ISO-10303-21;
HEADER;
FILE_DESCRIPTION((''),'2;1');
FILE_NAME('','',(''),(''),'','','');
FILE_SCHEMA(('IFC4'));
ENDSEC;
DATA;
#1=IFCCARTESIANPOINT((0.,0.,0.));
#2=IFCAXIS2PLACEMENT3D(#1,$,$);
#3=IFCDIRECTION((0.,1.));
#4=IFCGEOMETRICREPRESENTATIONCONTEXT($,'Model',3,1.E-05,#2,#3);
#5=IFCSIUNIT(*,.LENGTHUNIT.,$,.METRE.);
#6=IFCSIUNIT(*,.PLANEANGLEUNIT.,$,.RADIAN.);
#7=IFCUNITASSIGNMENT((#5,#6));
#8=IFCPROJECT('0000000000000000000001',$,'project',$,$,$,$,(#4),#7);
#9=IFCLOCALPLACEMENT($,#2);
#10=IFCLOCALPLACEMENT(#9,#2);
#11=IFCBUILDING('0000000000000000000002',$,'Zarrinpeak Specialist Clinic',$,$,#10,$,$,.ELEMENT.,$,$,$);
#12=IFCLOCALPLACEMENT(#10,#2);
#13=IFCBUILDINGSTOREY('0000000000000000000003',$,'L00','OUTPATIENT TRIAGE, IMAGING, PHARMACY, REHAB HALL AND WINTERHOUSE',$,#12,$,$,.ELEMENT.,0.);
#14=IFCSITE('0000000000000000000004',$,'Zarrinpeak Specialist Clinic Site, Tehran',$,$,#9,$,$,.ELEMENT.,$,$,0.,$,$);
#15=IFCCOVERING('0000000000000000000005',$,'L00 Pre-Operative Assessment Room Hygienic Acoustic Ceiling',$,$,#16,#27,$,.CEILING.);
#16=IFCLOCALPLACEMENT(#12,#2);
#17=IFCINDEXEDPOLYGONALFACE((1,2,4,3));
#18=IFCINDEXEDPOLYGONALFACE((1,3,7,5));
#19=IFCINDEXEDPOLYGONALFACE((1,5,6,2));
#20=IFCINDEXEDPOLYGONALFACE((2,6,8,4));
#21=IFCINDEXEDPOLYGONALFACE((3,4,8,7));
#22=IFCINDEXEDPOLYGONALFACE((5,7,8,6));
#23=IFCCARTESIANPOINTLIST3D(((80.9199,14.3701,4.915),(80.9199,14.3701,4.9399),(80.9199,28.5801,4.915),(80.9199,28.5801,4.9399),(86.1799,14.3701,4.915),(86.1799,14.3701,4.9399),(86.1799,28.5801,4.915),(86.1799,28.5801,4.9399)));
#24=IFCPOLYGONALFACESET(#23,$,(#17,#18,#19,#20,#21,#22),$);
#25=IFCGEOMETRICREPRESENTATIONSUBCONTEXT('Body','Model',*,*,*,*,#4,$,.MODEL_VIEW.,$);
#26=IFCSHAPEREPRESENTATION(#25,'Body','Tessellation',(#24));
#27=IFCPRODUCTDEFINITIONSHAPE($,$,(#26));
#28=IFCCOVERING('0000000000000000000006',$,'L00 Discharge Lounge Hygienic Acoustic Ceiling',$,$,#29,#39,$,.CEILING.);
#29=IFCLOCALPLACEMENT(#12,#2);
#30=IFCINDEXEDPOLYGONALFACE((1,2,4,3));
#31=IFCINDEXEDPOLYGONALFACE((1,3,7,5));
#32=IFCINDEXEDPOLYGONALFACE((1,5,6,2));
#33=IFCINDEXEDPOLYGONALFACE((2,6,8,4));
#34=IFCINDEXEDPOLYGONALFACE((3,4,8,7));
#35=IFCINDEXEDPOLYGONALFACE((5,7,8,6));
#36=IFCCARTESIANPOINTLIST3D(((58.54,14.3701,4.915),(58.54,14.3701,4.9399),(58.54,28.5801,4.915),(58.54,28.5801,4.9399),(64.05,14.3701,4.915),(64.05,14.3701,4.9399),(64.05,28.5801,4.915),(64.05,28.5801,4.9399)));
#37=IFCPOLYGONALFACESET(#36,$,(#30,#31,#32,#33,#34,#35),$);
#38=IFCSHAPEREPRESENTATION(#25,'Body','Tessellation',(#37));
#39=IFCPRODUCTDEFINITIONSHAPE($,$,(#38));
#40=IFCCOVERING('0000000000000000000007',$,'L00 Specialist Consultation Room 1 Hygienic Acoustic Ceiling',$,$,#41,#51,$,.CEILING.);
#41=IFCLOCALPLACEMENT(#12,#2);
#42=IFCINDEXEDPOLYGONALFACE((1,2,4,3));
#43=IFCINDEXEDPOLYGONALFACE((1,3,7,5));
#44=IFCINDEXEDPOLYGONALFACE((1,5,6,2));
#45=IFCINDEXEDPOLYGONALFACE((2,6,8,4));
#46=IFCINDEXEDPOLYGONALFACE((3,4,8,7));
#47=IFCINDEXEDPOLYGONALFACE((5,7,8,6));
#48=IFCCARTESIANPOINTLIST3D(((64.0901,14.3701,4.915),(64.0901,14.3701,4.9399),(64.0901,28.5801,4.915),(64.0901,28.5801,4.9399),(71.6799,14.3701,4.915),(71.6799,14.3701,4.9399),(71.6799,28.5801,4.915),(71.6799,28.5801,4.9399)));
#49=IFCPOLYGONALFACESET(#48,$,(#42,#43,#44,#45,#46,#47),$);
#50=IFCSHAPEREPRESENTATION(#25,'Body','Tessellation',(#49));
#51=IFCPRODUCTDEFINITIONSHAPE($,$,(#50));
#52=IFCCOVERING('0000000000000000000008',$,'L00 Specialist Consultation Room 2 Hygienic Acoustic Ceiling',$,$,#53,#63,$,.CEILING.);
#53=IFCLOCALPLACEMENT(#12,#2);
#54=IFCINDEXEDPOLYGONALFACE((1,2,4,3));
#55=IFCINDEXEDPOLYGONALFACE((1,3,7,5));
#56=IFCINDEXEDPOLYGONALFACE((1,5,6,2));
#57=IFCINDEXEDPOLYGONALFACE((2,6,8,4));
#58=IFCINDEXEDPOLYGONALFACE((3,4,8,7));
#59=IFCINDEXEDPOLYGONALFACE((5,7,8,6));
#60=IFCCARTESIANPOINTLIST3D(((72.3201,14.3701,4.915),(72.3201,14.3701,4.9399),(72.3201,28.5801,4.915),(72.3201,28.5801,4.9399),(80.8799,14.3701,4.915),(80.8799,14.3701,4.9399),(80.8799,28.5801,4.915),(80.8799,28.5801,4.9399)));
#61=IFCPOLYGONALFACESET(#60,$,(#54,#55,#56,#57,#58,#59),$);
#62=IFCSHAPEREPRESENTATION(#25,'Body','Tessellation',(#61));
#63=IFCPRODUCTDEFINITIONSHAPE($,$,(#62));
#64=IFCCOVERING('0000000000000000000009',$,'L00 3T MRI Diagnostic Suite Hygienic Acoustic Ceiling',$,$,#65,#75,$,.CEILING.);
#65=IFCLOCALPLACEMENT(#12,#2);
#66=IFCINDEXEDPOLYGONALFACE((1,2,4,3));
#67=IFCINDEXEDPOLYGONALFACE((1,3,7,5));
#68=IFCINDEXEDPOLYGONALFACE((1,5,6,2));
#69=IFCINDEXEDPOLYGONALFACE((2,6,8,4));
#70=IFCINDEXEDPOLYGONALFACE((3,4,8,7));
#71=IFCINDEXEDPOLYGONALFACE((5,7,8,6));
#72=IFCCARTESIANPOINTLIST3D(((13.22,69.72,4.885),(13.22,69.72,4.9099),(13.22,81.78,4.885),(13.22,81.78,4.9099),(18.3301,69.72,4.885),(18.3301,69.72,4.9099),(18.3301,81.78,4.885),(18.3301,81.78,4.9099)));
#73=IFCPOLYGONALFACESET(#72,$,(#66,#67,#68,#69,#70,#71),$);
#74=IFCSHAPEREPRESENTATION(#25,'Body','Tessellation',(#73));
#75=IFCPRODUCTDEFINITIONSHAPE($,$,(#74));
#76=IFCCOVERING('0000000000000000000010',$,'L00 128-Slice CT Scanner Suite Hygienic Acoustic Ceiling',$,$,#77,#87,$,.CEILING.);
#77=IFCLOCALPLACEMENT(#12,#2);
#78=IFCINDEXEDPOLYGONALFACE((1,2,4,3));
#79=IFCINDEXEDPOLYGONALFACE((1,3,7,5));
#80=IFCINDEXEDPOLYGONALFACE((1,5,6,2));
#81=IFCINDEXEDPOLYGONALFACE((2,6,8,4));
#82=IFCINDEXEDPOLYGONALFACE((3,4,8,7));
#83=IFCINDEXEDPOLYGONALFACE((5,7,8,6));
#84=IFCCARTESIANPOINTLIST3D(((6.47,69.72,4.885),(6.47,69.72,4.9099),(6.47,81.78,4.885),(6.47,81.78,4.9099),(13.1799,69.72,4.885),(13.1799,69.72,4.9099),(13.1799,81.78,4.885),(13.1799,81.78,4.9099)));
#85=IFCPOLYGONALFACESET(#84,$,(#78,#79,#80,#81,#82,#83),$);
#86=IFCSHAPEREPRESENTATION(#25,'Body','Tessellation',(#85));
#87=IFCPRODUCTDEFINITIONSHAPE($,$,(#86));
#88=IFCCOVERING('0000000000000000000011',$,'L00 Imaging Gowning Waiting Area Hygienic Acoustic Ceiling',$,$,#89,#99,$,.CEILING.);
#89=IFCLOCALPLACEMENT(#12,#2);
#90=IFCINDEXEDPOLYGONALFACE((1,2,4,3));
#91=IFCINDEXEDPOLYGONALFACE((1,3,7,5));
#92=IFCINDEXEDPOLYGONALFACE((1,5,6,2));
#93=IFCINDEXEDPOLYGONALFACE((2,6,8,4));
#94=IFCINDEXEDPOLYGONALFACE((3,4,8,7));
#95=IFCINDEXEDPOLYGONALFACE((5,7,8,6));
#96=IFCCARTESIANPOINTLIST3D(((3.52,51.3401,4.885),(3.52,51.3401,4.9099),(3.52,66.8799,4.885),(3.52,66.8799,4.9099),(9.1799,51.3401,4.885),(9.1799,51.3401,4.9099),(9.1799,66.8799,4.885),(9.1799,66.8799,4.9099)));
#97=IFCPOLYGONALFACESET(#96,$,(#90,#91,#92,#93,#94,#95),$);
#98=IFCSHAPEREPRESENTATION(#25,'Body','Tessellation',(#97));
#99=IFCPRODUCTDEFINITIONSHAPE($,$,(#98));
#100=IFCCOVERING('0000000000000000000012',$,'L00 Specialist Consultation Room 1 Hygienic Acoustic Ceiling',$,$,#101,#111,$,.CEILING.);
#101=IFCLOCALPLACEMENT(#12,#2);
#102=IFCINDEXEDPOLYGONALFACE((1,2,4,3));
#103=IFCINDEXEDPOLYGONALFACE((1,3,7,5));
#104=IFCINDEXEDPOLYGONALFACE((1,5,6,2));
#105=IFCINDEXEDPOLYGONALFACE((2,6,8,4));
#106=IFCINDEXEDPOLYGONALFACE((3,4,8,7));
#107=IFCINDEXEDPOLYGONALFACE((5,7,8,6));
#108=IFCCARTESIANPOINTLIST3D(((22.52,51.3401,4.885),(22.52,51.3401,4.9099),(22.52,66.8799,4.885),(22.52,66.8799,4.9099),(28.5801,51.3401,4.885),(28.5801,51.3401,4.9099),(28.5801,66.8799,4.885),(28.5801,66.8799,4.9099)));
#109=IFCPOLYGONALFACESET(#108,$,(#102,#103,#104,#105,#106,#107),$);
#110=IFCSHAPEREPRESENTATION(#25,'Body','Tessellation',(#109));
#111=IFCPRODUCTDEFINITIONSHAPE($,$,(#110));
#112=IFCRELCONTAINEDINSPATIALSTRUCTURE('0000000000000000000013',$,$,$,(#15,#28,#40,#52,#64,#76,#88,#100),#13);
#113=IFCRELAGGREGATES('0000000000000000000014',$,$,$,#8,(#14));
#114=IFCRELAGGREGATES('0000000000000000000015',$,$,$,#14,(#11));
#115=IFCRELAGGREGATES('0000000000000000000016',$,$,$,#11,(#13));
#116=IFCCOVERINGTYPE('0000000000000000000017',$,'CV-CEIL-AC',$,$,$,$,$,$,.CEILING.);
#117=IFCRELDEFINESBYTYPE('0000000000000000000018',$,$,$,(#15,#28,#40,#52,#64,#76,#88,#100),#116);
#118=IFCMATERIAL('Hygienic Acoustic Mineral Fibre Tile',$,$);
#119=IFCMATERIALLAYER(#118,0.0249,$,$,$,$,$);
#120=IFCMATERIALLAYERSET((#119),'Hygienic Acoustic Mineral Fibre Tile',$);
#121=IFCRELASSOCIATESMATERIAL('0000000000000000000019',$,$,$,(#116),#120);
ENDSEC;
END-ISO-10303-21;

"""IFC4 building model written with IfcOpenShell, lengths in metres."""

from ifc_helpers import new_model, si_unit, direction, frame, origin, place, context, subcontext, project, spatial, polyline, outline, extrude, material, layer, layer_set, type_object, element, save


model = new_model("IFC4")

# Units and contexts
model_context = context("Model", 3, precision=1e-05, world=origin(), true_north=direction((0.0, 1.0)))
body_context = subcontext(model_context, "Body", "Model", "MODEL_VIEW")
ifc_project = project(units=[si_unit("LENGTHUNIT", "METRE"), si_unit("PLANEANGLEUNIT", "RADIAN")], contexts=[model_context])

# Site, building, storey
site_placement = place(None, origin())
site = spatial("IfcSite", under=ifc_project, at=site_placement, Name="Zarrinpeak Specialist Clinic Site, Tehran", CompositionType="ELEMENT", RefElevation=0.0)
building_placement = place(site_placement, origin())
building = spatial("IfcBuilding", under=site, at=building_placement, Name="Zarrinpeak Specialist Clinic", CompositionType="ELEMENT")
storey_placement = place(building_placement, origin())
storey = spatial("IfcBuildingStorey", under=building, at=storey_placement, Name="L00", Description="OUTPATIENT TRIAGE, IMAGING, PHARMACY, REHAB HALL AND WINTERHOUSE", CompositionType="ELEMENT", Elevation=0.0)

# Coverings
ifc_material_1 = material(Name="Hygienic Acoustic Mineral Fibre Tile")
ifc_layer_1 = layer(ifc_material_1, 0.0249)
ifc_layer_set_1 = layer_set([ifc_layer_1], Name="Hygienic Acoustic Mineral Fibre Tile")
covering_type = type_object("IfcCoveringType", Name="CV-CEIL-AC", PredefinedType="CEILING", material=ifc_layer_set_1)
covering_1_placement = place(storey_placement, frame((0.0, 0.0, 4.915)))
element("IfcCovering", 1, at=covering_1_placement, inside=storey, type_object=covering_type, Name="L00 Pre-Operative Assessment Room Hygienic Acoustic Ceiling", PredefinedType="CEILING", context=body_context, shape_type="SweptSolid", body=[
    extrude(outline(polyline([(80.9199, 14.3701), (86.1799, 14.3701), (86.1799, 28.5801), (80.9199, 28.5801), (80.9199, 14.3701)])), origin(), (0.0, 0.0, 1.0), 0.0249),
])
covering_2_placement = place(storey_placement, frame((0.0, 0.0, 4.915)))
element("IfcCovering", 2, at=covering_2_placement, inside=storey, type_object=covering_type, Name="L00 Discharge Lounge Hygienic Acoustic Ceiling", PredefinedType="CEILING", context=body_context, shape_type="SweptSolid", body=[
    extrude(outline(polyline([(58.54, 14.3701), (64.05, 14.3701), (64.05, 28.5801), (58.54, 28.5801), (58.54, 14.3701)])), origin(), (0.0, 0.0, 1.0), 0.0249),
])
covering_3_placement = place(storey_placement, frame((0.0, 0.0, 4.915)))
element("IfcCovering", 3, at=covering_3_placement, inside=storey, type_object=covering_type, Name="L00 Specialist Consultation Room 1 Hygienic Acoustic Ceiling", PredefinedType="CEILING", context=body_context, shape_type="SweptSolid", body=[
    extrude(outline(polyline([(64.0901, 14.3701), (71.6799, 14.3701), (71.6799, 28.5801), (64.0901, 28.5801), (64.0901, 14.3701)])), origin(), (0.0, 0.0, 1.0), 0.0249),
])
covering_4_placement = place(storey_placement, frame((0.0, 0.0, 4.915)))
element("IfcCovering", 4, at=covering_4_placement, inside=storey, type_object=covering_type, Name="L00 Specialist Consultation Room 2 Hygienic Acoustic Ceiling", PredefinedType="CEILING", context=body_context, shape_type="SweptSolid", body=[
    extrude(outline(polyline([(72.3201, 14.3701), (80.8799, 14.3701), (80.8799, 28.5801), (72.3201, 28.5801), (72.3201, 14.3701)])), origin(), (0.0, 0.0, 1.0), 0.0249),
])
covering_5_placement = place(storey_placement, frame((0.0, 0.0, 4.885)))
element("IfcCovering", 5, at=covering_5_placement, inside=storey, type_object=covering_type, Name="L00 3T MRI Diagnostic Suite Hygienic Acoustic Ceiling", PredefinedType="CEILING", context=body_context, shape_type="SweptSolid", body=[
    extrude(outline(polyline([(13.22, 69.72), (18.3301, 69.72), (18.3301, 81.78), (13.22, 81.78), (13.22, 69.72)])), origin(), (0.0, 0.0, 1.0), 0.0249),
])
covering_6_placement = place(storey_placement, frame((0.0, 0.0, 4.885)))
element("IfcCovering", 6, at=covering_6_placement, inside=storey, type_object=covering_type, Name="L00 128-Slice CT Scanner Suite Hygienic Acoustic Ceiling", PredefinedType="CEILING", context=body_context, shape_type="SweptSolid", body=[
    extrude(outline(polyline([(6.47, 69.72), (13.1799, 69.72), (13.1799, 81.78), (6.47, 81.78), (6.47, 69.72)])), origin(), (0.0, 0.0, 1.0), 0.0249),
])
covering_7_placement = place(storey_placement, frame((0.0, 0.0, 4.885)))
element("IfcCovering", 7, at=covering_7_placement, inside=storey, type_object=covering_type, Name="L00 Imaging Gowning Waiting Area Hygienic Acoustic Ceiling", PredefinedType="CEILING", context=body_context, shape_type="SweptSolid", body=[
    extrude(outline(polyline([(3.52, 51.3401), (9.1799, 51.3401), (9.1799, 66.8799), (3.52, 66.8799), (3.52, 51.3401)])), origin(), (0.0, 0.0, 1.0), 0.0249),
])
covering_8_placement = place(storey_placement, frame((0.0, 0.0, 4.885)))
element("IfcCovering", 8, at=covering_8_placement, inside=storey, type_object=covering_type, Name="L00 Specialist Consultation Room 1 Hygienic Acoustic Ceiling", PredefinedType="CEILING", context=body_context, shape_type="SweptSolid", body=[
    extrude(outline(polyline([(22.52, 51.3401), (28.5801, 51.3401), (28.5801, 66.8799), (22.52, 66.8799), (22.52, 51.3401)])), origin(), (0.0, 0.0, 1.0), 0.0249),
])

save(model, "model.ifc")
